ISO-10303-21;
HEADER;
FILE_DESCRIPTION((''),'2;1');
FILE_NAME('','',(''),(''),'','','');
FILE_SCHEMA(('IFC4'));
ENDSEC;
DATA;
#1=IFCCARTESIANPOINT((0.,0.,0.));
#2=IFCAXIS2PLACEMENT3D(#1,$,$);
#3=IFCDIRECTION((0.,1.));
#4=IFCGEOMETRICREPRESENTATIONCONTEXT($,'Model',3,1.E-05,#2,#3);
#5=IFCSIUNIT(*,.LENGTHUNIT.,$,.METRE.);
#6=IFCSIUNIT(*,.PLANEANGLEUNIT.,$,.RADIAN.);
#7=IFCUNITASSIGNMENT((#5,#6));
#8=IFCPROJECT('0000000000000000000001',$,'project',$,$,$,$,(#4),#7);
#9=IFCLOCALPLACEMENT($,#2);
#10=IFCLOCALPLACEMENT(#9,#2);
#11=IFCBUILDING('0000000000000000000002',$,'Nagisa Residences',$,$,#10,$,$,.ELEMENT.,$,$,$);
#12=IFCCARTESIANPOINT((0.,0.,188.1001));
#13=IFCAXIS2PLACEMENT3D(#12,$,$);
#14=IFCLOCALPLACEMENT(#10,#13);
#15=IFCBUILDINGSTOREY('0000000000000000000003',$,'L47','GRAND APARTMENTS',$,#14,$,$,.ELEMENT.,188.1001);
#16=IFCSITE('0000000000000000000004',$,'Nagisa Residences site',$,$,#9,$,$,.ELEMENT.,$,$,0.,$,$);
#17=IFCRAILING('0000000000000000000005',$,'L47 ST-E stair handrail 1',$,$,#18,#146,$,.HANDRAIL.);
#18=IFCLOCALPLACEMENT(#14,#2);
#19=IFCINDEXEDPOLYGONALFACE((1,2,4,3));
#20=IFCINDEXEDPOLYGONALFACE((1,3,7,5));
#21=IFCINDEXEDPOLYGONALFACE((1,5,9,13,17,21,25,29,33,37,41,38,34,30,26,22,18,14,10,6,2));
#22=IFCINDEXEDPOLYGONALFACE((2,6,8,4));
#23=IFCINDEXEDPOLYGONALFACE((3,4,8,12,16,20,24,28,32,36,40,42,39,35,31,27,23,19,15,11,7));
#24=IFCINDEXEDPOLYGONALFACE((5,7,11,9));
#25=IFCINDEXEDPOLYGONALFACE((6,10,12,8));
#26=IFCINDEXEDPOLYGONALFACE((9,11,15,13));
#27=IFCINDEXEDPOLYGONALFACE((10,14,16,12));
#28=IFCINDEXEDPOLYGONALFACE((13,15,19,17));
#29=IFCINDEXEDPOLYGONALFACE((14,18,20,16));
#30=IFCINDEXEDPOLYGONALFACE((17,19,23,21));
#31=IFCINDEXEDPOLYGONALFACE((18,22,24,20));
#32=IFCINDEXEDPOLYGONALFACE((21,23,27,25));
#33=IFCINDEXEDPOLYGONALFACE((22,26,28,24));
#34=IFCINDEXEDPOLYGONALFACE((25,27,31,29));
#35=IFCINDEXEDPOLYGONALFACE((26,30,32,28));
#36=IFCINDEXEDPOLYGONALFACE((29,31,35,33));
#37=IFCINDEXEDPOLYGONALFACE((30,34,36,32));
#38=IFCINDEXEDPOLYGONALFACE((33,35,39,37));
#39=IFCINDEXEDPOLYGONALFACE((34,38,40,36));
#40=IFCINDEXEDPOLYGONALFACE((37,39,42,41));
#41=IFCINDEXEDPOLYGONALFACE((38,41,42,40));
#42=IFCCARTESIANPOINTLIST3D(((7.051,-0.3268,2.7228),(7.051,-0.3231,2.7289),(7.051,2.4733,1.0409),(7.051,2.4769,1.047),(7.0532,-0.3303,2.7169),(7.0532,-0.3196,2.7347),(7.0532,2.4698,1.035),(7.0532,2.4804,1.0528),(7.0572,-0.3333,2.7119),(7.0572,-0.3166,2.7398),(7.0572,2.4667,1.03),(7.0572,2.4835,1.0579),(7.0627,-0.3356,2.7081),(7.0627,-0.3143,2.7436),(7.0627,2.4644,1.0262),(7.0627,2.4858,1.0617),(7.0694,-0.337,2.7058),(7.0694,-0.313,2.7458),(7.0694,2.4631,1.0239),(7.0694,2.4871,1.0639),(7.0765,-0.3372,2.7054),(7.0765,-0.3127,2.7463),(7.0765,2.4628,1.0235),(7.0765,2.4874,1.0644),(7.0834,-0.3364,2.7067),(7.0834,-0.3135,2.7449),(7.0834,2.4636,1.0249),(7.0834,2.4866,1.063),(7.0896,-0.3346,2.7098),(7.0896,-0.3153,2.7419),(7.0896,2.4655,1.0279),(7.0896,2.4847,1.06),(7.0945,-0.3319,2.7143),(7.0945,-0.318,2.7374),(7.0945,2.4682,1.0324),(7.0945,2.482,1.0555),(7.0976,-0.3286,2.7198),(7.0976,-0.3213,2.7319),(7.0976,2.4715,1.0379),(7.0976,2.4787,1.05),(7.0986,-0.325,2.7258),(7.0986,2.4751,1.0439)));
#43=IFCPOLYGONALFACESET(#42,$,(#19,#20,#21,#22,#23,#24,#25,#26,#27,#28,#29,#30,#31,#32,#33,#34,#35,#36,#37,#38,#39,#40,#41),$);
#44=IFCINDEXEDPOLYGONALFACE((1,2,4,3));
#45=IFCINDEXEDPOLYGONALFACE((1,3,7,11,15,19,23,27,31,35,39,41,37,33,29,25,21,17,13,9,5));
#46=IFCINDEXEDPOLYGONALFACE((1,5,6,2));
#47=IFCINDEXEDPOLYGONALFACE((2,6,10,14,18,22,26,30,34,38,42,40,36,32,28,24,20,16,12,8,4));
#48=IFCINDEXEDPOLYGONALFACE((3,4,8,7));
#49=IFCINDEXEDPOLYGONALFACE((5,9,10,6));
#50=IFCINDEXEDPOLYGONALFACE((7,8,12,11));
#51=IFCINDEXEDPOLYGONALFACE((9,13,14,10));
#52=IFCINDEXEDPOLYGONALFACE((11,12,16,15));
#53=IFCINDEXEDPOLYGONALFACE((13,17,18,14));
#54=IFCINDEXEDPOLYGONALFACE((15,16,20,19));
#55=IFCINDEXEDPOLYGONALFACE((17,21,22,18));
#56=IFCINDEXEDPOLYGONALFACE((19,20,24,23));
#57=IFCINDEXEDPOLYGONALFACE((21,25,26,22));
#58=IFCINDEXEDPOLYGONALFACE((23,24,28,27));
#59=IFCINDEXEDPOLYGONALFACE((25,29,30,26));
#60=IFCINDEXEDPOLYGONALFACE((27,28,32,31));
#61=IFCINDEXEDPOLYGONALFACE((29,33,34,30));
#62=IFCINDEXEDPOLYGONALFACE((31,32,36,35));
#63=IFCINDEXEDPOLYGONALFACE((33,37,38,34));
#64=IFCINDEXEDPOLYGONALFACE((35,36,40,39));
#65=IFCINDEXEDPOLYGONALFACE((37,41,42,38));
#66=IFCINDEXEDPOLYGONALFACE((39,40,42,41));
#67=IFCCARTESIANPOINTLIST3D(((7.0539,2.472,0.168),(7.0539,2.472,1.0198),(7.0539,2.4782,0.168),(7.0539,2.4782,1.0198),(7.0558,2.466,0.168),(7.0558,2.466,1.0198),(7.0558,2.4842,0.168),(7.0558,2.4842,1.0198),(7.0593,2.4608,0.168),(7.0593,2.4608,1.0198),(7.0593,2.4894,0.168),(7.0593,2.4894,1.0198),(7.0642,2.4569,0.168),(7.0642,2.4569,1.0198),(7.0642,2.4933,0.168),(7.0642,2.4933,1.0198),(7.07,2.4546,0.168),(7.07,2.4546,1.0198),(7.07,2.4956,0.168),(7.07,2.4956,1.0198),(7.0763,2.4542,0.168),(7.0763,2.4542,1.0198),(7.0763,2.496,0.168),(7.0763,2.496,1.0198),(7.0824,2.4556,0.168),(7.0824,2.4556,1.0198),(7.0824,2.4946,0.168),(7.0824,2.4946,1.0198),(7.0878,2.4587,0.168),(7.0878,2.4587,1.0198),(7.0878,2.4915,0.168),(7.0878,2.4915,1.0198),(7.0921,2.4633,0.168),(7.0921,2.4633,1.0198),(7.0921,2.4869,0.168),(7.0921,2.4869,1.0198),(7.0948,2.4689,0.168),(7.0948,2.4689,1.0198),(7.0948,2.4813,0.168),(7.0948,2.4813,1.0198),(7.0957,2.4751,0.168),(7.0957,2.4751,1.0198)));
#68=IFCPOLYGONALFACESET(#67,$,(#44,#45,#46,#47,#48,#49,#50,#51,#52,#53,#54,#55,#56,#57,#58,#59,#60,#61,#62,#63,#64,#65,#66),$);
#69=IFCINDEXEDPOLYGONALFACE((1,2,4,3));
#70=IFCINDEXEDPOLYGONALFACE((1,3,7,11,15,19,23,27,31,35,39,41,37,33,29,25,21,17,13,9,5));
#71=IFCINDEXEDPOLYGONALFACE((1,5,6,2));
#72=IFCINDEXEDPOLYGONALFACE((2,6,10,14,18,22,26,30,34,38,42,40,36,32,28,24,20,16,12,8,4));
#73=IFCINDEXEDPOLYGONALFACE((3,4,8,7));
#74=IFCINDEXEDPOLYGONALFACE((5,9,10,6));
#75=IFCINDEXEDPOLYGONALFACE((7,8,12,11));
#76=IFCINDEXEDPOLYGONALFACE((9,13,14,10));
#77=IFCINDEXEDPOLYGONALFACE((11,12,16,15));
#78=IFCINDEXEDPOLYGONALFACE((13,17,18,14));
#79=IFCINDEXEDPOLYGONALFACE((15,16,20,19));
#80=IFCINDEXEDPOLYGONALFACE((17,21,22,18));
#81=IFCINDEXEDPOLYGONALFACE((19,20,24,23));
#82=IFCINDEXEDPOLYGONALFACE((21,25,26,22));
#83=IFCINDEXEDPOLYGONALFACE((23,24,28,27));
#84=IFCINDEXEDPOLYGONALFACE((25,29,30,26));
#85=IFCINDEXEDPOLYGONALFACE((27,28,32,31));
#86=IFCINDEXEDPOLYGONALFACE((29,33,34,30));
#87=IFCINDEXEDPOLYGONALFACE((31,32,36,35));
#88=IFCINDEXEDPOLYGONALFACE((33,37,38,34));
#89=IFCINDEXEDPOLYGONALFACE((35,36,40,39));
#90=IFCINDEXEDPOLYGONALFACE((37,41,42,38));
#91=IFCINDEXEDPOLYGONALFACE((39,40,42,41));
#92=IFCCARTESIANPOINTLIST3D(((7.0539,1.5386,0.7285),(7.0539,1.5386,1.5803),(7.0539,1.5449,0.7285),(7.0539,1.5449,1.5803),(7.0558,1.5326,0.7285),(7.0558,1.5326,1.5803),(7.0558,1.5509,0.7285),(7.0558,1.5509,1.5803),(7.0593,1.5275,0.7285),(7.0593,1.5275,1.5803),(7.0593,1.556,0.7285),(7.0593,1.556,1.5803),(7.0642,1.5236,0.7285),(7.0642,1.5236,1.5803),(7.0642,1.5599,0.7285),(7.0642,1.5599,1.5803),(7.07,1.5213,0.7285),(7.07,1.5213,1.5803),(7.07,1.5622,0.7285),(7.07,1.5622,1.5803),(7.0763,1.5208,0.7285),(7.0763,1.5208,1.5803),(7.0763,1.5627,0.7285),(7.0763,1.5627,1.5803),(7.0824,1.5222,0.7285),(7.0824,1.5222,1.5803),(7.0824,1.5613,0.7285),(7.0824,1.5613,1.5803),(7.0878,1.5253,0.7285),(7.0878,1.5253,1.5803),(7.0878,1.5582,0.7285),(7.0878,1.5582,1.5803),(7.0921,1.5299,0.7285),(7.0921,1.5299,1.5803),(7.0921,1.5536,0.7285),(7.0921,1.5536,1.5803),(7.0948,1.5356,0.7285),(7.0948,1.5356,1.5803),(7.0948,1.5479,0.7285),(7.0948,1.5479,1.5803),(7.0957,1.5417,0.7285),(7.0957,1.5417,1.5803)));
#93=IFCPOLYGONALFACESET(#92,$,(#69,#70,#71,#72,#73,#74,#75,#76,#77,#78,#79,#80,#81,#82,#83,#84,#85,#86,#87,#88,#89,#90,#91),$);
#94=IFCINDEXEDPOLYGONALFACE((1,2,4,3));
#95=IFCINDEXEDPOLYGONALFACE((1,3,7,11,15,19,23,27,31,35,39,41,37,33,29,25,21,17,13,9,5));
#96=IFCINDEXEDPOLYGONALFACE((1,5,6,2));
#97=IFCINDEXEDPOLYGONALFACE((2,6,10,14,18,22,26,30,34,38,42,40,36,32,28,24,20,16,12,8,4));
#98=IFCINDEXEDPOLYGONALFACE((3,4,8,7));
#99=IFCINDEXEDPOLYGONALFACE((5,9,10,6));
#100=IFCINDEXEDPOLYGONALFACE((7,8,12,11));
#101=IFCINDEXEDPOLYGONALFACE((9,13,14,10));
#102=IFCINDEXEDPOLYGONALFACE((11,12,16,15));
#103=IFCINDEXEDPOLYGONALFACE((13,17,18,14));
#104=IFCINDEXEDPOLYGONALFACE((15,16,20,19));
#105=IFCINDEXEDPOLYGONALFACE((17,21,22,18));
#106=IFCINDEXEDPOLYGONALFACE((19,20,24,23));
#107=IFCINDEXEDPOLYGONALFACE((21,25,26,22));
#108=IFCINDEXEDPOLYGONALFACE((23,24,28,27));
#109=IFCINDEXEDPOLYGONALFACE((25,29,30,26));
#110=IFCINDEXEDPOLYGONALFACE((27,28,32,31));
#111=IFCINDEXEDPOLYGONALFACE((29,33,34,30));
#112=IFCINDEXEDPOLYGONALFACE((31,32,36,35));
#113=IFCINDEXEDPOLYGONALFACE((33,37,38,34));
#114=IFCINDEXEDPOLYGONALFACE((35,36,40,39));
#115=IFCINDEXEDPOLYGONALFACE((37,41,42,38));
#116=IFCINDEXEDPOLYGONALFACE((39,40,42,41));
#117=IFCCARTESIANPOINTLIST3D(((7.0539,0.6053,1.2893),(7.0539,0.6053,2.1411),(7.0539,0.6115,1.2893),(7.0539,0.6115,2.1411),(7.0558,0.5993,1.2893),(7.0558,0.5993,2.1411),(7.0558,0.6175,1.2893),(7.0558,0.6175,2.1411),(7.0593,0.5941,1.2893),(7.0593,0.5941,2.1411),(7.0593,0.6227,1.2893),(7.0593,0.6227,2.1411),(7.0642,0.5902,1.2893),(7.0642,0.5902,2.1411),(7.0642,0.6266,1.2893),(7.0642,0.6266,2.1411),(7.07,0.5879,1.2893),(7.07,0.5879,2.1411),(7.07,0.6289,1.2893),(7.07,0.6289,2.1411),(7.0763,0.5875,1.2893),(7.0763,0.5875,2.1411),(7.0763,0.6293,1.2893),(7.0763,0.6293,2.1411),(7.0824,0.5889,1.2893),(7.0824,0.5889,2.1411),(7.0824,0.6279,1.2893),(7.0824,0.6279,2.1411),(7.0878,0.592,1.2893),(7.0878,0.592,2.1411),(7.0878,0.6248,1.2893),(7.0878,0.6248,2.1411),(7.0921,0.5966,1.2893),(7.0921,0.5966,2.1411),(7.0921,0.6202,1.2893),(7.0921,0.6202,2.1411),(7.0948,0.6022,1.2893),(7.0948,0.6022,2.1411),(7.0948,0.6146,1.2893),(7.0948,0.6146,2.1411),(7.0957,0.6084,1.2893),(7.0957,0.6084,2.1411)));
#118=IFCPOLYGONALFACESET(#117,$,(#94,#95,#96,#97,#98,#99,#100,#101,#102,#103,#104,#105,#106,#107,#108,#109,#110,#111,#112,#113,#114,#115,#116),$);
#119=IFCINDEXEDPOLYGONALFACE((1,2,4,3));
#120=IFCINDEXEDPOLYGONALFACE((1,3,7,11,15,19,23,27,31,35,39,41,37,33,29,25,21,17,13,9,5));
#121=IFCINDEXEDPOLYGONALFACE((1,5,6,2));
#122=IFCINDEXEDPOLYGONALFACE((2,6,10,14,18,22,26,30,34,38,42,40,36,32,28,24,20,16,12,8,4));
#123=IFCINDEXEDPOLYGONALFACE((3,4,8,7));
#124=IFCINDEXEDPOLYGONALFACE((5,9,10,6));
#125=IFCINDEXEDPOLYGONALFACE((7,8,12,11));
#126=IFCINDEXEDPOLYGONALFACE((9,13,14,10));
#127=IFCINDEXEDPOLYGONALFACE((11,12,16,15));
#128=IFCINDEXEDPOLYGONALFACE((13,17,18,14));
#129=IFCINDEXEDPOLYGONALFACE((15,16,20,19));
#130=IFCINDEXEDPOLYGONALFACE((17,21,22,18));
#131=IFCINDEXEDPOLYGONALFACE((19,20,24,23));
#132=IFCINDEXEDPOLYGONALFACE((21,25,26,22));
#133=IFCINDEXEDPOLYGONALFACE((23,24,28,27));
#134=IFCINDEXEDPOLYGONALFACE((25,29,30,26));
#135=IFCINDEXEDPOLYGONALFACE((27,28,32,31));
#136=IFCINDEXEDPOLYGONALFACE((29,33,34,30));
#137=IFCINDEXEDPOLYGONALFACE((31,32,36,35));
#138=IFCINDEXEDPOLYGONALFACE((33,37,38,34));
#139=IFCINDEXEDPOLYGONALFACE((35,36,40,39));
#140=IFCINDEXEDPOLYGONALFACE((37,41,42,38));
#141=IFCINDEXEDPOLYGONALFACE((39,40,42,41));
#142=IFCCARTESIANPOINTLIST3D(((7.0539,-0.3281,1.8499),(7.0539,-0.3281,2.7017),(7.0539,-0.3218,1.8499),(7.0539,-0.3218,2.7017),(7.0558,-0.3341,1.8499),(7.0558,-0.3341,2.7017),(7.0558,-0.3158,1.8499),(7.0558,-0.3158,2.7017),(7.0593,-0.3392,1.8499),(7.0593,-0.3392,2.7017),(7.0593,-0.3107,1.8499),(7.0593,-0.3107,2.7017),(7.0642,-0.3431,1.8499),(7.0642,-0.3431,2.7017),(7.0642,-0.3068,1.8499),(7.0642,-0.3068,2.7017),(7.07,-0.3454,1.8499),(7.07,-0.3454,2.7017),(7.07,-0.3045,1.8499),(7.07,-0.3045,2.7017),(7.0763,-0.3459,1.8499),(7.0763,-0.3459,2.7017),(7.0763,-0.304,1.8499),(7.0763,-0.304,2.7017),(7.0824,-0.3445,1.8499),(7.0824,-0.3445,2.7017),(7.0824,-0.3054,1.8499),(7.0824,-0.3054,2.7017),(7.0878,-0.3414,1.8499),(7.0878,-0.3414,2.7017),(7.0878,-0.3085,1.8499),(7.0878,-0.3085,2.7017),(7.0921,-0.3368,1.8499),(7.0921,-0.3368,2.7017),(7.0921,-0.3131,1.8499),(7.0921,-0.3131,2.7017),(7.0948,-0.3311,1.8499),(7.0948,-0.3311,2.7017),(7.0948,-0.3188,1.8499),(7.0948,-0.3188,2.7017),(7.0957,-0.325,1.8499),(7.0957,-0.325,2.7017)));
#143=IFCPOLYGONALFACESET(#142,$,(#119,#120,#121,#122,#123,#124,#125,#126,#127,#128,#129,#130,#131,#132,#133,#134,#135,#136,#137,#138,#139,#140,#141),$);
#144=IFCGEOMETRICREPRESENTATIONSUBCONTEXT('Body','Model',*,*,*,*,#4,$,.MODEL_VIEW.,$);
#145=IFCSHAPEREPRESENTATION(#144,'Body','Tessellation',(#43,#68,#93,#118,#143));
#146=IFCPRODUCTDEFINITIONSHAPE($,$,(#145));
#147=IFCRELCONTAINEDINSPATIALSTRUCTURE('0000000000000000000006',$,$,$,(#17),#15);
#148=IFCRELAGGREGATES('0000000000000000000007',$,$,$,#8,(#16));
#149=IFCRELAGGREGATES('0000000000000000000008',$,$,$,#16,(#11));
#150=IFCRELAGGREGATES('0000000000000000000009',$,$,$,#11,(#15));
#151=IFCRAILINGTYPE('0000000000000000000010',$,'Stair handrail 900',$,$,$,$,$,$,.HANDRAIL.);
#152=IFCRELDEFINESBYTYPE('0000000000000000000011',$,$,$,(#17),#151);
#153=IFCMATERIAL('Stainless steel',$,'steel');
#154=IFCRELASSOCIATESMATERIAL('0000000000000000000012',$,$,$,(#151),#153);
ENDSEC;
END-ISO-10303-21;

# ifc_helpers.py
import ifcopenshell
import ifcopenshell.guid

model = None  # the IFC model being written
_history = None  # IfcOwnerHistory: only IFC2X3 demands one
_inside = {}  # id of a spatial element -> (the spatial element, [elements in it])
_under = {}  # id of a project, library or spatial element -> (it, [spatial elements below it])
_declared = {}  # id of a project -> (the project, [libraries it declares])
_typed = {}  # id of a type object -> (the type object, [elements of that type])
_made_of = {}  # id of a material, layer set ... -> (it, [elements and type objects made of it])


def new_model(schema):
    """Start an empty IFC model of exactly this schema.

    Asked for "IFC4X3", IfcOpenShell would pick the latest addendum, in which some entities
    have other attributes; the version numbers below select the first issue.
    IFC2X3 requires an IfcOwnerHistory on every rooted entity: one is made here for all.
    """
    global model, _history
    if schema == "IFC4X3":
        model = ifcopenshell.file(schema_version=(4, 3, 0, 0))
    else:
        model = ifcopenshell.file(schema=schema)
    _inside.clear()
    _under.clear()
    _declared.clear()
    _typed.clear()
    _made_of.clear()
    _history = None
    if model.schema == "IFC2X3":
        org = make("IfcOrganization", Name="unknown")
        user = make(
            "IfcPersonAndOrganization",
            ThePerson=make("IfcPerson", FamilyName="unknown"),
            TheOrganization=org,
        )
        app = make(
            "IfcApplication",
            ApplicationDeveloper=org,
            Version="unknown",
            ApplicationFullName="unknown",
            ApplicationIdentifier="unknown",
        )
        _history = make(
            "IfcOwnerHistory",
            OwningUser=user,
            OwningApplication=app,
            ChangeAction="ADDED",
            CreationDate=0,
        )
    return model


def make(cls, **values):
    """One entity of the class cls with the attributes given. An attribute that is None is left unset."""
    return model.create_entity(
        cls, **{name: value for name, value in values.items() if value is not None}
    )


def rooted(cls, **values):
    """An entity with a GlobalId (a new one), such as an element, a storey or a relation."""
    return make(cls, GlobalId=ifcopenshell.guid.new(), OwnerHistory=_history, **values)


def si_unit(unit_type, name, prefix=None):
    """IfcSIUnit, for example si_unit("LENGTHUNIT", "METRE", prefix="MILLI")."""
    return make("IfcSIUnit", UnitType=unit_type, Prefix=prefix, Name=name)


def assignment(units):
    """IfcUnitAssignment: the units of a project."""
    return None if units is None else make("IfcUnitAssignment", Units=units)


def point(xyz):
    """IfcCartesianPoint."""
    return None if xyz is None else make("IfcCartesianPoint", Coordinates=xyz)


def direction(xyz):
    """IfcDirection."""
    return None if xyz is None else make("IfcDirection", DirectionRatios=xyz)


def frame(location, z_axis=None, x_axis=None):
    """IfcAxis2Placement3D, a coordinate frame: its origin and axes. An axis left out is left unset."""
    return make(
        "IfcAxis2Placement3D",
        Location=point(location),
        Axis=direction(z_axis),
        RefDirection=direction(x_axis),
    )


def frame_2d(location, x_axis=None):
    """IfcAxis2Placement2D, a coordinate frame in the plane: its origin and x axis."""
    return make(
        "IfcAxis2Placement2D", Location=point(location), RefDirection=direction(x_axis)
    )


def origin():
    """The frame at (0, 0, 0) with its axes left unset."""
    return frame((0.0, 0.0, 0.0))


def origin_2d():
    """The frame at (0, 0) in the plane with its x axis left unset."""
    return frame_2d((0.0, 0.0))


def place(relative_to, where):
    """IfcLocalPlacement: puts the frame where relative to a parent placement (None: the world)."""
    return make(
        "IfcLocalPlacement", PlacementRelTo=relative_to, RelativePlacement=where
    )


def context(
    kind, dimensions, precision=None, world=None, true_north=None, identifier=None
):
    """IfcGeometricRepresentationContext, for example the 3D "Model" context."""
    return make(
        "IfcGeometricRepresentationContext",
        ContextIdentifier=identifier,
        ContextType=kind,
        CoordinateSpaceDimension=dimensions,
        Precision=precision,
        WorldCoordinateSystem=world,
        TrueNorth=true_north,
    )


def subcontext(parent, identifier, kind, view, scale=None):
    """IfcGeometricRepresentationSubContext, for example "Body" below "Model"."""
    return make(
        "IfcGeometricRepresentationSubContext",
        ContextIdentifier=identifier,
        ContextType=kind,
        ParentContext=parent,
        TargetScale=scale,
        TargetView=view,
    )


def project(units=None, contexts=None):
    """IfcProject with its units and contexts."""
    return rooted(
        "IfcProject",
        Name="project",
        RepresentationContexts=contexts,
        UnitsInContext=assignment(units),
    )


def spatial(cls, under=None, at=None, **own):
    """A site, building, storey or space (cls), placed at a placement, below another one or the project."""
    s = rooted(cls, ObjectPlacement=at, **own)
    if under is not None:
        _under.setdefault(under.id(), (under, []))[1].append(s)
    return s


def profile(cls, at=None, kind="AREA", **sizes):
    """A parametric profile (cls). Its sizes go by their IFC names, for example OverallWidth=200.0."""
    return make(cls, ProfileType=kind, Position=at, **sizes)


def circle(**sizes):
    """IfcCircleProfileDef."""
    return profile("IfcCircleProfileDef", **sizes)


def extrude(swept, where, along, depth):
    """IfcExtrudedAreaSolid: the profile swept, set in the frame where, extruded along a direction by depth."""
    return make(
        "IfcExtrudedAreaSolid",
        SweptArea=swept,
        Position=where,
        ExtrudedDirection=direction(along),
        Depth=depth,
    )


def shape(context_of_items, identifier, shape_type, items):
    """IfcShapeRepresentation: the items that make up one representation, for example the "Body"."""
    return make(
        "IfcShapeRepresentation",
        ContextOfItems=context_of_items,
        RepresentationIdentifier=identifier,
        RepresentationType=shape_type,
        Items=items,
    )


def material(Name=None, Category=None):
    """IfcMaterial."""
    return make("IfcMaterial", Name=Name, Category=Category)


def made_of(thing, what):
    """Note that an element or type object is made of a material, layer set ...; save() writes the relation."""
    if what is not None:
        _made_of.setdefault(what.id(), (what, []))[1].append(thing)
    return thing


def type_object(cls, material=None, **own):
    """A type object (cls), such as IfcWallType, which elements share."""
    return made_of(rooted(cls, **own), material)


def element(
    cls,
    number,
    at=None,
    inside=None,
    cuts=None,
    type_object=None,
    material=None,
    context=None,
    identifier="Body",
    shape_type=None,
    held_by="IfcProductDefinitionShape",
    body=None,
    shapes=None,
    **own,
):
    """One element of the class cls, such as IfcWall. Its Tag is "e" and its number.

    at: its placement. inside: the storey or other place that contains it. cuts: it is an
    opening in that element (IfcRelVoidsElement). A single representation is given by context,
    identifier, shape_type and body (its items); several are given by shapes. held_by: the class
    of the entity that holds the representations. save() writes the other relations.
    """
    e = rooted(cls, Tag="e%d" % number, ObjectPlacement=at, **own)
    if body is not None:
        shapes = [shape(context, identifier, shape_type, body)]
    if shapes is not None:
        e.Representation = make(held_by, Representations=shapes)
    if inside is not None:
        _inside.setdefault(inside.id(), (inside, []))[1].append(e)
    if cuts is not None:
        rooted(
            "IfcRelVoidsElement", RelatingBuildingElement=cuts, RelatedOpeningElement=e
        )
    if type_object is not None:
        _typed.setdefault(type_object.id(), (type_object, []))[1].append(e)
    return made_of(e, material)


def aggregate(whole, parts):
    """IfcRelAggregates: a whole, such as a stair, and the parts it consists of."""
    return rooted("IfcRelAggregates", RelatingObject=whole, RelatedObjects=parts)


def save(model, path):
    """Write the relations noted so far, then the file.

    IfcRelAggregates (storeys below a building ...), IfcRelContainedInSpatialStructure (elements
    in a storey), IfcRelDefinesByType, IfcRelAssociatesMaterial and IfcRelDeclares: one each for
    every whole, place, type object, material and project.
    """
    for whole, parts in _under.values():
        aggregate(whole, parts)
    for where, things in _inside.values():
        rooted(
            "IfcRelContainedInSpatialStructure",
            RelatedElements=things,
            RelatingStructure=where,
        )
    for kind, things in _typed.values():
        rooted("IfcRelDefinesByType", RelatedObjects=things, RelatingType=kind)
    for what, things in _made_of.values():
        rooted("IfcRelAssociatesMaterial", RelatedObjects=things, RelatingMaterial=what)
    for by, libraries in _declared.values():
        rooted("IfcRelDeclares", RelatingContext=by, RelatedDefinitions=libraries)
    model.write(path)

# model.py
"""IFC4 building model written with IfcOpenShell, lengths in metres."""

from ifc_helpers import new_model, si_unit, direction, frame, origin, origin_2d, place, context, subcontext, project, spatial, circle, extrude, material, type_object, element, save


model = new_model("IFC4")

# Units and contexts
model_context = context("Model", 3, precision=1e-05, world=origin(), true_north=direction((0.0, 1.0)))
body_context = subcontext(model_context, "Body", "Model", "MODEL_VIEW")
ifc_project = project(units=[si_unit("LENGTHUNIT", "METRE"), si_unit("PLANEANGLEUNIT", "RADIAN")], contexts=[model_context])

# Site, building, storey
site_placement = place(None, origin())
site = spatial("IfcSite", under=ifc_project, at=site_placement, Name="Nagisa Residences site", CompositionType="ELEMENT", RefElevation=0.0)
building_placement = place(site_placement, origin())
building = spatial("IfcBuilding", under=site, at=building_placement, Name="Nagisa Residences", CompositionType="ELEMENT")
storey_placement = place(building_placement, frame((0.0, 0.0, 188.1001)))
storey = spatial("IfcBuildingStorey", under=building, at=storey_placement, Name="L47", Description="GRAND APARTMENTS", CompositionType="ELEMENT", Elevation=188.1001)

# Railing
ifc_material_1 = material(Name="Stainless steel", Category="steel")
railing_type_1 = type_object("IfcRailingType", Name="Stair handrail 900", PredefinedType="HANDRAIL", material=ifc_material_1)
railing_1_placement = place(storey_placement, frame((7.0747, 2.4751, 0.168)))
element("IfcRailing", 1, at=railing_1_placement, inside=storey, type_object=railing_type_1, Name="L47 ST-E stair handrail 1", PredefinedType="HANDRAIL", context=body_context, shape_type="SweptSolid", body=[
    extrude(circle(Radius=0.0239, at=origin_2d()), frame((0.0, 0.0, 0.876), z_axis=(0.0, -0.857242, 0.514913), x_axis=(1.0, 0.0, 0.0)), (0.0, 0.0, 1.0), 3.2664),
    extrude(circle(Radius=0.021, at=origin_2d()), origin(), (0.0, 0.0, 1.0), 0.8518),
    extrude(circle(Radius=0.021, at=origin_2d()), frame((0.0, -0.9333, 0.5605)), (0.0, 0.0, 1.0), 0.8518),
    extrude(circle(Radius=0.021, at=origin_2d()), frame((0.0, -1.8667, 1.1213)), (0.0, 0.0, 1.0), 0.8518),
    extrude(circle(Radius=0.021, at=origin_2d()), frame((0.0, -2.8, 1.6819)), (0.0, 0.0, 1.0), 0.8518),
])

save(model, "model.ifc")
